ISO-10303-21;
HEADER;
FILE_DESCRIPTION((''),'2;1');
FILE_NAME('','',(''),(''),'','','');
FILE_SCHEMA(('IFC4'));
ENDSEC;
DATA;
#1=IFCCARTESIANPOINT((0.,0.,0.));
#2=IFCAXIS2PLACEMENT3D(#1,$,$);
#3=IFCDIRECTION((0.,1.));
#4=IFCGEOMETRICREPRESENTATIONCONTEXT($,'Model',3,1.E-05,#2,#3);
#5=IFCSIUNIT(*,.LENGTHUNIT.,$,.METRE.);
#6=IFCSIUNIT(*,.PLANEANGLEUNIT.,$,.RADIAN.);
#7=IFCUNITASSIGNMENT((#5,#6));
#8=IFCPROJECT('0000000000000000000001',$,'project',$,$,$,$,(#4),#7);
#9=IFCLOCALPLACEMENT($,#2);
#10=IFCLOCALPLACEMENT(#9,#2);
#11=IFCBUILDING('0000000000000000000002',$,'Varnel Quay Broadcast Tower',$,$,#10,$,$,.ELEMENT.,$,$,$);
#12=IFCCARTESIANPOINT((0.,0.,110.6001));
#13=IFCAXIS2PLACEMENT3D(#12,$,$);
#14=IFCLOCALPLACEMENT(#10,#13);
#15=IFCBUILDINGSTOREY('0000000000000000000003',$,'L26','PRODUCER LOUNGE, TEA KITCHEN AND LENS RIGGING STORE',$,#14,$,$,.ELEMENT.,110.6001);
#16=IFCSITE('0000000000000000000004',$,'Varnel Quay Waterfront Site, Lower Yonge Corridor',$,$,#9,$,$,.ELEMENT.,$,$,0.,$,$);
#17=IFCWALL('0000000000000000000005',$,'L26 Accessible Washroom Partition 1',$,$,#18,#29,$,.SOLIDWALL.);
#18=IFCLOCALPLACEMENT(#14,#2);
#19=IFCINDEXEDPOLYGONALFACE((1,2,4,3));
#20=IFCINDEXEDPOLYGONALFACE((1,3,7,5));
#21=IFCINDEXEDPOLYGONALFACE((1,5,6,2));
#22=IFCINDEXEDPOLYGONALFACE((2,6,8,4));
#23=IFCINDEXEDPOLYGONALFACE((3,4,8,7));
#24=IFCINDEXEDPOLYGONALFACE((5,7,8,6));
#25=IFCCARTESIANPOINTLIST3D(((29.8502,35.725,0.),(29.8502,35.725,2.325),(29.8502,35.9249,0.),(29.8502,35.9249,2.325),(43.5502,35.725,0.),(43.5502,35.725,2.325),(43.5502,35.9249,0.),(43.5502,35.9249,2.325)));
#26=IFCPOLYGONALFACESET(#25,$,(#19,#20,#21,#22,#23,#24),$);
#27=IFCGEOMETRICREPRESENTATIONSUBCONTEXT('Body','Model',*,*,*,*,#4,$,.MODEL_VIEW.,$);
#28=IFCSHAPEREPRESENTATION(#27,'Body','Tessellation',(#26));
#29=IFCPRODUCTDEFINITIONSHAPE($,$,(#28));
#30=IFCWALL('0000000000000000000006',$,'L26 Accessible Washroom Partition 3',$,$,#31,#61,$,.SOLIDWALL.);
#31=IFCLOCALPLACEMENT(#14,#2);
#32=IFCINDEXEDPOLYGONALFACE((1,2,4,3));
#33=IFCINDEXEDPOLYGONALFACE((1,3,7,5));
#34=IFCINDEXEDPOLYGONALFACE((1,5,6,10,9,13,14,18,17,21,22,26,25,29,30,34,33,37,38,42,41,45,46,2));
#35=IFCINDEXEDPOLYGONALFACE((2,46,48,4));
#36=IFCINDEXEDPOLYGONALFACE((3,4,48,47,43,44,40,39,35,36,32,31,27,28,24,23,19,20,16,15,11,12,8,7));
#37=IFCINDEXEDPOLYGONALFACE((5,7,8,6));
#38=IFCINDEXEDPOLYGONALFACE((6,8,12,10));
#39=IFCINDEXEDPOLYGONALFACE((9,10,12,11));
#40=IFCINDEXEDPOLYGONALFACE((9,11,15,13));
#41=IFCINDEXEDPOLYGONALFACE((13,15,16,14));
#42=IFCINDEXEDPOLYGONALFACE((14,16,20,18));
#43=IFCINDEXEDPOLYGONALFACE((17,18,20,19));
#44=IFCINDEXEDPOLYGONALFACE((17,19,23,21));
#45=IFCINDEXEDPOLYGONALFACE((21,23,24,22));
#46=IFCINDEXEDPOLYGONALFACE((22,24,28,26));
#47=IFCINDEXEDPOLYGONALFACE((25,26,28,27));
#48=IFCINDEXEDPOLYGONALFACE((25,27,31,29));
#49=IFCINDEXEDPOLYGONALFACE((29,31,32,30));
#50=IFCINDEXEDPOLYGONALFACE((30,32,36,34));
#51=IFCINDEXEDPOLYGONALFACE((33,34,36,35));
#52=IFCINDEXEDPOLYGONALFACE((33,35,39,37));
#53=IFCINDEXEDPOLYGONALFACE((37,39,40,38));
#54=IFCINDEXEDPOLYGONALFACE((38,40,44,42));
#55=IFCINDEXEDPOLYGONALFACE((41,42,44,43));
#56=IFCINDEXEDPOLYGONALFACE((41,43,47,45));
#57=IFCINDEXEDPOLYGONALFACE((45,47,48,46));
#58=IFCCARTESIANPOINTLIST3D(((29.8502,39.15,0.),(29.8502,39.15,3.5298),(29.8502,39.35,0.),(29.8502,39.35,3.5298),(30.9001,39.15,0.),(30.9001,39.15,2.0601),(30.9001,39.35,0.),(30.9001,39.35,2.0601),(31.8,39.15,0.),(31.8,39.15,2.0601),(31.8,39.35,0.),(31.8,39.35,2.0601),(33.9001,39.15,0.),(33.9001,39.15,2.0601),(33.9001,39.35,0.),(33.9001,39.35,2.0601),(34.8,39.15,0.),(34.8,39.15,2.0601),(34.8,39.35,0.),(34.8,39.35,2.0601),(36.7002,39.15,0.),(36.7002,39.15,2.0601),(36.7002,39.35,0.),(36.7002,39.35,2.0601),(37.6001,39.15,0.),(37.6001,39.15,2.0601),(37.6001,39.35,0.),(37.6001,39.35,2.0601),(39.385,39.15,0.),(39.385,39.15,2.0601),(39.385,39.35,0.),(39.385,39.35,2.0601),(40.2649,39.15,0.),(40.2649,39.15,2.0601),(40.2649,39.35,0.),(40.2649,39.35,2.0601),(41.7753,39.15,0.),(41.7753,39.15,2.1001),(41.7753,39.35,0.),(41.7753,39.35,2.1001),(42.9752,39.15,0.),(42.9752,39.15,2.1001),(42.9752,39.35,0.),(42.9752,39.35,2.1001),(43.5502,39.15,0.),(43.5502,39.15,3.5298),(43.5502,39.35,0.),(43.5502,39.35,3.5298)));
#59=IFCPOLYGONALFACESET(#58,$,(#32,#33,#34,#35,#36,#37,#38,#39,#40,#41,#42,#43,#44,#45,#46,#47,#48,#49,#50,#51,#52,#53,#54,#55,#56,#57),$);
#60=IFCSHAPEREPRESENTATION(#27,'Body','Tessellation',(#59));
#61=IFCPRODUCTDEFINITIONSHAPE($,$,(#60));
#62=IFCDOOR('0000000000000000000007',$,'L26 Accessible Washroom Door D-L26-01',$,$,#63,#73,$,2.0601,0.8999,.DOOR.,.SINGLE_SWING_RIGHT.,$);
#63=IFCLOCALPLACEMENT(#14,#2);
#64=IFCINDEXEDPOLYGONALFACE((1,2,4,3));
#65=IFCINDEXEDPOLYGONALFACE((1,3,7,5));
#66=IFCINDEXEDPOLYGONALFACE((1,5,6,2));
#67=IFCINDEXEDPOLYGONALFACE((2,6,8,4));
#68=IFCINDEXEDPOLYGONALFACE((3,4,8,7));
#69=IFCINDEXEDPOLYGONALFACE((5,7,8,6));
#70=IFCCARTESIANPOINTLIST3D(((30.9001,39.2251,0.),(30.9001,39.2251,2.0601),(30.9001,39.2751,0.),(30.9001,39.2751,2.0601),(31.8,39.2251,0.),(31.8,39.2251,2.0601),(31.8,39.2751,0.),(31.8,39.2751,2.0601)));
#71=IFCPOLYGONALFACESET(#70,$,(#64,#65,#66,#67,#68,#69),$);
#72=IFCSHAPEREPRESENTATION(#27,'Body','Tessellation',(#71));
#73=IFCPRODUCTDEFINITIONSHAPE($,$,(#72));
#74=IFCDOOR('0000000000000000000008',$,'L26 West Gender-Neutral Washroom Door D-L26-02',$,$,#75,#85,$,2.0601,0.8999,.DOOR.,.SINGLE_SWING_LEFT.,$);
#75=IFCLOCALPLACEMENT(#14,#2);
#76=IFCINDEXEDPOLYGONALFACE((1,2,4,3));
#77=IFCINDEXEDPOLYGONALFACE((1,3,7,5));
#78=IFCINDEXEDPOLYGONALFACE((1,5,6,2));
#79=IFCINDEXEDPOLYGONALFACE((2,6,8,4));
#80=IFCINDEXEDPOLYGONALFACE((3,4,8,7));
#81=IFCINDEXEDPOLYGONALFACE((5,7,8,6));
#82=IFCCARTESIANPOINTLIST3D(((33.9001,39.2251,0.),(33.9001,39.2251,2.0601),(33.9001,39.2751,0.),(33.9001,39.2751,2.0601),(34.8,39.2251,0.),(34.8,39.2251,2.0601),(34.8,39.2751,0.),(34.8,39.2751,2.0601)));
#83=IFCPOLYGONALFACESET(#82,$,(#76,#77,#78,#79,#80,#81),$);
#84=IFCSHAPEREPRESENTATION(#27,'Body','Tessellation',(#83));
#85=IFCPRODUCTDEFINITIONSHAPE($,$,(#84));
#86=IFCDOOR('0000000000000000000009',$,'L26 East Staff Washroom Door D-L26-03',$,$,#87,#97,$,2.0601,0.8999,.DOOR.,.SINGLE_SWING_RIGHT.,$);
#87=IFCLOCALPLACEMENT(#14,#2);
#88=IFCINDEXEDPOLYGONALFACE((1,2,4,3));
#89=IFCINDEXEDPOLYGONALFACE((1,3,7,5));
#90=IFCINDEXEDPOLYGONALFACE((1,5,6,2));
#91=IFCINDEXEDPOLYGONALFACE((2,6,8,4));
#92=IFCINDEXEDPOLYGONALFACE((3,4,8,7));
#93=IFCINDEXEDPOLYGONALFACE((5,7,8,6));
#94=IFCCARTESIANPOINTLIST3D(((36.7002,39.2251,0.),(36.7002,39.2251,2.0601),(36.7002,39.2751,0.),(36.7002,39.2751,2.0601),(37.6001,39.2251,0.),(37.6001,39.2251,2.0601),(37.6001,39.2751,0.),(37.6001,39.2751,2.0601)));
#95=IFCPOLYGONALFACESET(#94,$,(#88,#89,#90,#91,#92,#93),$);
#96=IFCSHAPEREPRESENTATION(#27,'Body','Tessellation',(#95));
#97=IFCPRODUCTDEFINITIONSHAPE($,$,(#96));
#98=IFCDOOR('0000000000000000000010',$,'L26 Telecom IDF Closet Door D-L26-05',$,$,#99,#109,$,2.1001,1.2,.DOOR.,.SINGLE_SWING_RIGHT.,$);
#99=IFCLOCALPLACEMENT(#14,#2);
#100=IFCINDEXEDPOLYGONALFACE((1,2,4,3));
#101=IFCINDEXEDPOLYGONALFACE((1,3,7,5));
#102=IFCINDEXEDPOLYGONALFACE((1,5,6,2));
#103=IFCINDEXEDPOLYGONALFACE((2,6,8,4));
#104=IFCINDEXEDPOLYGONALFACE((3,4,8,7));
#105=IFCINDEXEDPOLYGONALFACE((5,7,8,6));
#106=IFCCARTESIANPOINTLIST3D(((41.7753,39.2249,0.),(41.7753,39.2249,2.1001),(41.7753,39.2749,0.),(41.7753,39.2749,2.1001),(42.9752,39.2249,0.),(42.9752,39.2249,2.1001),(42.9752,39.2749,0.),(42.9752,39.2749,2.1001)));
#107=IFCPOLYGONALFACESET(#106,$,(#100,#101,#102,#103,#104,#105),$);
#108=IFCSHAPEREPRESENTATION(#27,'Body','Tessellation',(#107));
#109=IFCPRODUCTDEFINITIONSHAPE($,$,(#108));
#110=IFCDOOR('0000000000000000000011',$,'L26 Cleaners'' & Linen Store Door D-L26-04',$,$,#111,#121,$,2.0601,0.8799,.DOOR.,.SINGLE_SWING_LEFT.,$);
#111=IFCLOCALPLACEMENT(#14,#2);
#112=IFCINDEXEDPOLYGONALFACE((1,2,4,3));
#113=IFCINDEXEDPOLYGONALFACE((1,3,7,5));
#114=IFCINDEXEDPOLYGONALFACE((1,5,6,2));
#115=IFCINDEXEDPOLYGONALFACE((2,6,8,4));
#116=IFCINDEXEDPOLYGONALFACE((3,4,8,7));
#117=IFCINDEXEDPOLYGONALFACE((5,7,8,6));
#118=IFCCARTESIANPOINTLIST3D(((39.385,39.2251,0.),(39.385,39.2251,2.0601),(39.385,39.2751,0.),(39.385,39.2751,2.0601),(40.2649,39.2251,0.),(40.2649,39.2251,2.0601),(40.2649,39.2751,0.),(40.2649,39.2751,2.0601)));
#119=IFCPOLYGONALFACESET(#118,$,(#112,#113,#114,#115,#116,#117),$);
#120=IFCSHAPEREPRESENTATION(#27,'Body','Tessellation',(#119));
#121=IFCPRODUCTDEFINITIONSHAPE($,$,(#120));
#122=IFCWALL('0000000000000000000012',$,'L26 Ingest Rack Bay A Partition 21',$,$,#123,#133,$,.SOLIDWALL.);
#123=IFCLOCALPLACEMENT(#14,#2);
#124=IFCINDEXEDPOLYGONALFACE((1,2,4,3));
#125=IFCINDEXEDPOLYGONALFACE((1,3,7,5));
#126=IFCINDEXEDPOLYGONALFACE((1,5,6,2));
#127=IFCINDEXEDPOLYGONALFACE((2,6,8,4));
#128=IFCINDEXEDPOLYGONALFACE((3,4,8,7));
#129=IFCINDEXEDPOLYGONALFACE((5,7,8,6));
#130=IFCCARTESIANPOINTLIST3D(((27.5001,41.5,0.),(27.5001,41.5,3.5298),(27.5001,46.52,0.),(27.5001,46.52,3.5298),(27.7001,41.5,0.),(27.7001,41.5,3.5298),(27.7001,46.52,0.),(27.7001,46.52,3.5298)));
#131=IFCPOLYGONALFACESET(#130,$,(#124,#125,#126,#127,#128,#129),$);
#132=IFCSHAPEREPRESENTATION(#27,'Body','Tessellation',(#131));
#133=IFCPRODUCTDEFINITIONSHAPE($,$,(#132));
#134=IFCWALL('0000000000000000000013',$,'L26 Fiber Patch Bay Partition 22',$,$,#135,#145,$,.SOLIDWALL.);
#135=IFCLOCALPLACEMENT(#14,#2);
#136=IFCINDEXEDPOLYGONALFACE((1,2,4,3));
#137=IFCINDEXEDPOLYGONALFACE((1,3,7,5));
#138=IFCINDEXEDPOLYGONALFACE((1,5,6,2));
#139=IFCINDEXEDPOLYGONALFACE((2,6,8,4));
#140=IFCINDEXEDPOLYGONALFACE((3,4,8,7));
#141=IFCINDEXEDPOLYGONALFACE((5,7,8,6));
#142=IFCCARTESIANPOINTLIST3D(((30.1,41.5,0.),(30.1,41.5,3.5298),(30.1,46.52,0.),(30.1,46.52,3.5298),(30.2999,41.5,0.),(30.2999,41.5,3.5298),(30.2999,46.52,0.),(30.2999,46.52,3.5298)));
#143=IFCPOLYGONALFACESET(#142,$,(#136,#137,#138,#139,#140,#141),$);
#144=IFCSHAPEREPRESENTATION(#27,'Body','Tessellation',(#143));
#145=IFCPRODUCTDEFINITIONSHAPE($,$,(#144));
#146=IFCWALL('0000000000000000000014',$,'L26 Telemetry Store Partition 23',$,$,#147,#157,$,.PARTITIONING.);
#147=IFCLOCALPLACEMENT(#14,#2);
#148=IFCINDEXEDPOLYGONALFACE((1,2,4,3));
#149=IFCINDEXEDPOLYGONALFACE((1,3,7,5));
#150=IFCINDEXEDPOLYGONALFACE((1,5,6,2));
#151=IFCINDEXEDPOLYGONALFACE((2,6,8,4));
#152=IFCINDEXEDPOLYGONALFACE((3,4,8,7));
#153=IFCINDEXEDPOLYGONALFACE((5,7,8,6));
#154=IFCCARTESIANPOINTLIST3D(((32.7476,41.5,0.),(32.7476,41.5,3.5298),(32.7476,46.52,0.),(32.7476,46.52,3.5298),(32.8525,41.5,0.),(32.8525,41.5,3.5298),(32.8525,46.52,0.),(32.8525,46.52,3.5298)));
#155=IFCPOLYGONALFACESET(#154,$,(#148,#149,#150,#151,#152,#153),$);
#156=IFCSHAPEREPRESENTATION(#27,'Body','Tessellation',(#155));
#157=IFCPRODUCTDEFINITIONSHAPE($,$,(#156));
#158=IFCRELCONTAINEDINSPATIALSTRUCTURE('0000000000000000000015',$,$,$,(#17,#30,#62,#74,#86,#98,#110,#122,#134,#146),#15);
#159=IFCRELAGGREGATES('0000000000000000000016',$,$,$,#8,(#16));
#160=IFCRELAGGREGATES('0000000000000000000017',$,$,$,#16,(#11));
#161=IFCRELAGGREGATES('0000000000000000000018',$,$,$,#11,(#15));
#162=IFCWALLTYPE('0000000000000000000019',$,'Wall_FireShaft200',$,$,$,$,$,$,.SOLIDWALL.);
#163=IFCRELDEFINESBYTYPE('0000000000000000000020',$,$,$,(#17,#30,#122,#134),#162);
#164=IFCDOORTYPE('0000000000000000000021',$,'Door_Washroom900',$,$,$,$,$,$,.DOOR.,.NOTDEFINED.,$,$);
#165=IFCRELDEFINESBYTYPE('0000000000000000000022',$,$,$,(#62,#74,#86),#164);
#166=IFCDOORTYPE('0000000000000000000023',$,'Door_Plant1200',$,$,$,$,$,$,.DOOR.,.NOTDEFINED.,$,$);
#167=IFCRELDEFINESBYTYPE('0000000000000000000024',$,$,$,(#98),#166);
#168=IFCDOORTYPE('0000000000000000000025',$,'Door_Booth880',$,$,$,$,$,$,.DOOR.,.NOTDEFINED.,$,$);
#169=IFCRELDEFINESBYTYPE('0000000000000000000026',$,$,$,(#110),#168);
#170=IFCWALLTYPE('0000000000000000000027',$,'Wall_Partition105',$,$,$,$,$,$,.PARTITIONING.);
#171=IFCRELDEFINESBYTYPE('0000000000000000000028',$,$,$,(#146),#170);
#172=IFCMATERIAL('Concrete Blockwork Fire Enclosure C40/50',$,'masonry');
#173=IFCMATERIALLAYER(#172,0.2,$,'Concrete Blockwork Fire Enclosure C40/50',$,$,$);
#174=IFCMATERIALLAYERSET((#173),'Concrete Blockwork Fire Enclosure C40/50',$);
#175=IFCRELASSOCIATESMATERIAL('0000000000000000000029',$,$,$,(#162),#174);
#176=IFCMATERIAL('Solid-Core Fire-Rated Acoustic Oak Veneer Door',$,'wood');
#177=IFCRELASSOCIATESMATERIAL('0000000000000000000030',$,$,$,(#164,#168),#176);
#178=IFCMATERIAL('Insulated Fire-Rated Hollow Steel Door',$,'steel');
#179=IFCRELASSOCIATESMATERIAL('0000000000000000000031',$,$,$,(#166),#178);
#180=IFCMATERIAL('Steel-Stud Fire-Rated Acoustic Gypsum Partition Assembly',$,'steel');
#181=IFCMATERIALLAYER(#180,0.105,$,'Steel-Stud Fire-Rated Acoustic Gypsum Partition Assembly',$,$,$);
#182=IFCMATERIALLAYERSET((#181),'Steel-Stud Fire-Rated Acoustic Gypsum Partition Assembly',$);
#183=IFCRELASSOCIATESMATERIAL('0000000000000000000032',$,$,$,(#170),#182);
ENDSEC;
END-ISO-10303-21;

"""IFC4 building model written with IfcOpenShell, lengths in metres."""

from ifc_helpers import new_model, si_unit, direction, frame, frame_2d, origin, place, context, subcontext, project, spatial, rectangle, extrude, source, transform, mapped, material, layer, layer_set, type_object, type_shapes, element, fill, save


model = new_model("IFC4")

# Units and contexts
model_context = context("Model", 3, precision=1e-05, world=origin(), true_north=direction((0.0, 1.0)))
body_context = subcontext(model_context, "Body", "Model", "MODEL_VIEW")
ifc_project = project(units=[si_unit("LENGTHUNIT", "METRE"), si_unit("PLANEANGLEUNIT", "RADIAN")], contexts=[model_context])

# Site, building, storey
site_placement = place(None, origin())
site = spatial("IfcSite", under=ifc_project, at=site_placement, Name="Varnel Quay Waterfront Site, Lower Yonge Corridor", CompositionType="ELEMENT", RefElevation=0.0)
building_placement = place(site_placement, origin())
building = spatial("IfcBuilding", under=site, at=building_placement, Name="Varnel Quay Broadcast Tower", CompositionType="ELEMENT")
storey_placement = place(building_placement, frame((0.0, 0.0, 110.6001)))
storey = spatial("IfcBuildingStorey", under=building, at=storey_placement, Name="L26", Description="PRODUCER LOUNGE, TEA KITCHEN AND LENS RIGGING STORE", CompositionType="ELEMENT", Elevation=110.6001)

# Shared definitions
ifc_material_1 = material(Name="Insulated Fire-Rated Hollow Steel Door", Category="steel")
ifc_material_2 = material(Name="Solid-Core Fire-Rated Acoustic Oak Veneer Door", Category="wood")

# Wall
ifc_material_3 = material(Name="Concrete Blockwork Fire Enclosure C40/50", Category="masonry")
ifc_layer_1 = layer(ifc_material_3, 0.2, Name="Concrete Blockwork Fire Enclosure C40/50")
ifc_layer_set_1 = layer_set([ifc_layer_1], Name="Concrete Blockwork Fire Enclosure C40/50")
wall_type_1 = type_object("IfcWallType", Name="Wall_FireShaft200", PredefinedType="SOLIDWALL", material=ifc_layer_set_1)
wall_1_placement = place(storey_placement, frame((29.8501, 35.825, 0.0), z_axis=(0.0, 0.0, 1.0), x_axis=(1.0, 0.0, 0.0)))
element("IfcWall", 1, at=wall_1_placement, inside=storey, type_object=wall_type_1, Name="L26 Accessible Washroom Partition 1", PredefinedType="SOLIDWALL", context=body_context, shape_type="SweptSolid", body=[
    extrude(rectangle(XDim=13.7, YDim=0.2, at=frame_2d((6.8501, 0.0))), origin(), (0.0, 0.0, 1.0), 2.325),
])

# Wall, openings, doors
wall_2_placement = place(storey_placement, frame((29.8501, 39.25, 0.0), z_axis=(0.0, 0.0, 1.0), x_axis=(1.0, 0.0, 0.0)))
wall_2 = element("IfcWall", 2, at=wall_2_placement, inside=storey, type_object=wall_type_1, Name="L26 Accessible Washroom Partition 3", PredefinedType="SOLIDWALL", context=body_context, shape_type="SweptSolid", body=[
    extrude(rectangle(XDim=13.7, YDim=0.2, at=frame_2d((6.8501, 0.0))), origin(), (0.0, 0.0, 1.0), 3.5298),
])
opening_1_placement = place(wall_2_placement, frame((1.05, 0.0, 0.0)))
opening_1 = element("IfcOpeningElement", 3, at=opening_1_placement, cuts=wall_2, PredefinedType="OPENING", context=body_context, shape_type="SweptSolid", body=[
    extrude(rectangle(XDim=0.8999, YDim=2.0601, at=frame_2d((0.45, 1.03))), frame((0.0, 0.1099, 0.0), z_axis=(0.0, -1.0, 0.0), x_axis=(1.0, 0.0, 0.0)), (0.0, 0.0, 1.0), 0.22),
])
opening_2_placement = place(wall_2_placement, frame((4.05, 0.0, 0.0)))
opening_2 = element("IfcOpeningElement", 4, at=opening_2_placement, cuts=wall_2, PredefinedType="OPENING", context=body_context, shape_type="SweptSolid", body=[
    extrude(rectangle(XDim=0.8999, YDim=2.0601, at=frame_2d((0.45, 1.03))), frame((0.0, 0.1099, 0.0), z_axis=(0.0, -1.0, 0.0), x_axis=(1.0, 0.0, 0.0)), (0.0, 0.0, 1.0), 0.22),
])
opening_3_placement = place(wall_2_placement, frame((6.8501, 0.0, 0.0)))
opening_3 = element("IfcOpeningElement", 5, at=opening_3_placement, cuts=wall_2, PredefinedType="OPENING", context=body_context, shape_type="SweptSolid", body=[
    extrude(rectangle(XDim=0.8999, YDim=2.0601, at=frame_2d((0.45, 1.03))), frame((0.0, 0.1099, 0.0), z_axis=(0.0, -1.0, 0.0), x_axis=(1.0, 0.0, 0.0)), (0.0, 0.0, 1.0), 0.22),
])
opening_4_placement = place(wall_2_placement, frame((9.5349, 0.0, 0.0)))
opening_4 = element("IfcOpeningElement", 6, at=opening_4_placement, cuts=wall_2, PredefinedType="OPENING", context=body_context, shape_type="SweptSolid", body=[
    extrude(rectangle(XDim=0.8799, YDim=2.0601, at=frame_2d((0.4399, 1.03))), frame((0.0, 0.1099, 0.0), z_axis=(0.0, -1.0, 0.0), x_axis=(1.0, 0.0, 0.0)), (0.0, 0.0, 1.0), 0.22),
])
opening_5_placement = place(wall_2_placement, frame((11.925, 0.0, 0.0)))
opening_5 = element("IfcOpeningElement", 7, at=opening_5_placement, cuts=wall_2, PredefinedType="OPENING", context=body_context, shape_type="SweptSolid", body=[
    extrude(rectangle(XDim=1.2, YDim=2.1001, at=frame_2d((0.6001, 1.05))), frame((0.0, 0.1099, 0.0), z_axis=(0.0, -1.0, 0.0), x_axis=(1.0, 0.0, 0.0)), (0.0, 0.0, 1.0), 0.22),
])
door_type_1 = type_object("IfcDoorType", Name="Door_Washroom900", OperationType="NOTDEFINED", PredefinedType="DOOR", material=ifc_material_2)
shared_shape_1 = source(origin(), body_context, "Body", "SweptSolid", [
    extrude(rectangle(XDim=0.8999, YDim=2.0601, at=frame_2d((0.45, 1.03))), frame((0.0, 0.0249, 0.0), z_axis=(0.0, -1.0, 0.0), x_axis=(1.0, 0.0, 0.0)), (0.0, 0.0, 1.0), 0.05),
])
type_shapes(door_type_1, [shared_shape_1])
door_1_placement = place(opening_1_placement, frame((0.8999, 0.0, 0.0), z_axis=(0.0, 0.0, 1.0), x_axis=(-1.0, 0.0, 0.0)))
door_1 = element("IfcDoor", 8, at=door_1_placement, inside=storey, type_object=door_type_1, Name="L26 Accessible Washroom Door D-L26-01", OperationType="SINGLE_SWING_RIGHT", OverallHeight=2.0601, OverallWidth=0.8999, PredefinedType="DOOR", context=body_context, shape_type="MappedRepresentation", body=[
    mapped(shared_shape_1, transform((0.0, 0.0, 0.0), x_axis=(1.0, 0.0, 0.0), y_axis=(0.0, 1.0, 0.0), z_axis=(0.0, 0.0, 1.0), scale=1.0)),
])
fill(opening_1, door_1)
door_2_placement = place(opening_2_placement, frame((0.8999, 0.0, 0.0), z_axis=(0.0, 0.0, 1.0), x_axis=(-1.0, 0.0, 0.0)))
door_2 = element("IfcDoor", 9, at=door_2_placement, inside=storey, type_object=door_type_1, Name="L26 West Gender-Neutral Washroom Door D-L26-02", OperationType="SINGLE_SWING_LEFT", OverallHeight=2.0601, OverallWidth=0.8999, PredefinedType="DOOR", context=body_context, shape_type="MappedRepresentation", body=[
    mapped(shared_shape_1, transform((0.0, 0.0, 0.0), x_axis=(1.0, 0.0, 0.0), y_axis=(0.0, 1.0, 0.0), z_axis=(0.0, 0.0, 1.0), scale=1.0)),
])
fill(opening_2, door_2)
door_3_placement = place(opening_3_placement, frame((0.8999, 0.0, 0.0), z_axis=(0.0, 0.0, 1.0), x_axis=(-1.0, 0.0, 0.0)))
door_3 = element("IfcDoor", 10, at=door_3_placement, inside=storey, type_object=door_type_1, Name="L26 East Staff Washroom Door D-L26-03", OperationType="SINGLE_SWING_RIGHT", OverallHeight=2.0601, OverallWidth=0.8999, PredefinedType="DOOR", context=body_context, shape_type="MappedRepresentation", body=[
    mapped(shared_shape_1, transform((0.0, 0.0, 0.0), x_axis=(1.0, 0.0, 0.0), y_axis=(0.0, 1.0, 0.0), z_axis=(0.0, 0.0, 1.0), scale=1.0)),
])
fill(opening_3, door_3)
door_type_2 = type_object("IfcDoorType", Name="Door_Plant1200", OperationType="NOTDEFINED", PredefinedType="DOOR", material=ifc_material_1)
shared_shape_2 = source(origin(), body_context, "Body", "SweptSolid", [
    extrude(rectangle(XDim=1.2, YDim=2.1001, at=frame_2d((0.6001, 1.05))), frame((0.0, 0.0249, 0.0), z_axis=(0.0, -1.0, 0.0), x_axis=(1.0, 0.0, 0.0)), (0.0, 0.0, 1.0), 0.05),
])
type_shapes(door_type_2, [shared_shape_2])
door_4_placement = place(opening_5_placement, origin())
door_4 = element("IfcDoor", 11, at=door_4_placement, inside=storey, type_object=door_type_2, Name="L26 Telecom IDF Closet Door D-L26-05", OperationType="SINGLE_SWING_RIGHT", OverallHeight=2.1001, OverallWidth=1.2, PredefinedType="DOOR", context=body_context, shape_type="MappedRepresentation", body=[
    mapped(shared_shape_2, transform((0.0, 0.0, 0.0), x_axis=(1.0, 0.0, 0.0), y_axis=(0.0, 1.0, 0.0), z_axis=(0.0, 0.0, 1.0), scale=1.0)),
])
fill(opening_5, door_4)
door_type_3 = type_object("IfcDoorType", Name="Door_Booth880", OperationType="NOTDEFINED", PredefinedType="DOOR", material=ifc_material_2)
shared_shape_3 = source(origin(), body_context, "Body", "SweptSolid", [
    extrude(rectangle(XDim=0.8799, YDim=2.0601, at=frame_2d((0.4399, 1.03))), frame((0.0, 0.0249, 0.0), z_axis=(0.0, -1.0, 0.0), x_axis=(1.0, 0.0, 0.0)), (0.0, 0.0, 1.0), 0.05),
])
type_shapes(door_type_3, [shared_shape_3])
door_5_placement = place(opening_4_placement, frame((0.8799, 0.0, 0.0), z_axis=(0.0, 0.0, 1.0), x_axis=(-1.0, 0.0, 0.0)))
door_5 = element("IfcDoor", 12, at=door_5_placement, inside=storey, type_object=door_type_3, Name="L26 Cleaners' & Linen Store Door D-L26-04", OperationType="SINGLE_SWING_LEFT", OverallHeight=2.0601, OverallWidth=0.8799, PredefinedType="DOOR", context=body_context, shape_type="MappedRepresentation", body=[
    mapped(shared_shape_3, transform((0.0, 0.0, 0.0), x_axis=(1.0, 0.0, 0.0), y_axis=(0.0, 1.0, 0.0), z_axis=(0.0, 0.0, 1.0), scale=1.0)),
])
fill(opening_4, door_5)

# Walls
for number, where, z_axis, x_axis, name in (
    (13, (27.6001, 41.5, 0.0), (0.0, 0.0, 1.0), (0.0, 1.0, 0.0), "L26 Ingest Rack Bay A Partition 21"),
    (14, (30.2, 41.5, 0.0), (0.0, 0.0, 1.0), (0.0, 1.0, 0.0), "L26 Fiber Patch Bay Partition 22"),
):
    element("IfcWall", number, at=place(storey_placement, frame(where, z_axis=z_axis, x_axis=x_axis)), inside=storey, type_object=wall_type_1, Name=name, PredefinedType="SOLIDWALL", context=body_context, shape_type="SweptSolid", body=[
        extrude(rectangle(XDim=5.02, YDim=0.2, at=frame_2d((2.51, 0.0))), origin(), (0.0, 0.0, 1.0), 3.5298),
    ])
ifc_material_4 = material(Name="Steel-Stud Fire-Rated Acoustic Gypsum Partition Assembly", Category="steel")
ifc_layer_2 = layer(ifc_material_4, 0.105, Name="Steel-Stud Fire-Rated Acoustic Gypsum Partition Assembly")
ifc_layer_set_2 = layer_set([ifc_layer_2], Name="Steel-Stud Fire-Rated Acoustic Gypsum Partition Assembly")
wall_type_2 = type_object("IfcWallType", Name="Wall_Partition105", PredefinedType="PARTITIONING", material=ifc_layer_set_2)
wall_3_placement = place(storey_placement, frame((32.8, 41.5, 0.0), z_axis=(0.0, 0.0, 1.0), x_axis=(0.0, 1.0, 0.0)))
element("IfcWall", 15, at=wall_3_placement, inside=storey, type_object=wall_type_2, Name="L26 Telemetry Store Partition 23", PredefinedType="PARTITIONING", context=body_context, shape_type="SweptSolid", body=[
    extrude(rectangle(XDim=5.02, YDim=0.105, at=frame_2d((2.51, 0.0))), origin(), (0.0, 0.0, 1.0), 3.5298),
])

save(model, "model.ifc")
